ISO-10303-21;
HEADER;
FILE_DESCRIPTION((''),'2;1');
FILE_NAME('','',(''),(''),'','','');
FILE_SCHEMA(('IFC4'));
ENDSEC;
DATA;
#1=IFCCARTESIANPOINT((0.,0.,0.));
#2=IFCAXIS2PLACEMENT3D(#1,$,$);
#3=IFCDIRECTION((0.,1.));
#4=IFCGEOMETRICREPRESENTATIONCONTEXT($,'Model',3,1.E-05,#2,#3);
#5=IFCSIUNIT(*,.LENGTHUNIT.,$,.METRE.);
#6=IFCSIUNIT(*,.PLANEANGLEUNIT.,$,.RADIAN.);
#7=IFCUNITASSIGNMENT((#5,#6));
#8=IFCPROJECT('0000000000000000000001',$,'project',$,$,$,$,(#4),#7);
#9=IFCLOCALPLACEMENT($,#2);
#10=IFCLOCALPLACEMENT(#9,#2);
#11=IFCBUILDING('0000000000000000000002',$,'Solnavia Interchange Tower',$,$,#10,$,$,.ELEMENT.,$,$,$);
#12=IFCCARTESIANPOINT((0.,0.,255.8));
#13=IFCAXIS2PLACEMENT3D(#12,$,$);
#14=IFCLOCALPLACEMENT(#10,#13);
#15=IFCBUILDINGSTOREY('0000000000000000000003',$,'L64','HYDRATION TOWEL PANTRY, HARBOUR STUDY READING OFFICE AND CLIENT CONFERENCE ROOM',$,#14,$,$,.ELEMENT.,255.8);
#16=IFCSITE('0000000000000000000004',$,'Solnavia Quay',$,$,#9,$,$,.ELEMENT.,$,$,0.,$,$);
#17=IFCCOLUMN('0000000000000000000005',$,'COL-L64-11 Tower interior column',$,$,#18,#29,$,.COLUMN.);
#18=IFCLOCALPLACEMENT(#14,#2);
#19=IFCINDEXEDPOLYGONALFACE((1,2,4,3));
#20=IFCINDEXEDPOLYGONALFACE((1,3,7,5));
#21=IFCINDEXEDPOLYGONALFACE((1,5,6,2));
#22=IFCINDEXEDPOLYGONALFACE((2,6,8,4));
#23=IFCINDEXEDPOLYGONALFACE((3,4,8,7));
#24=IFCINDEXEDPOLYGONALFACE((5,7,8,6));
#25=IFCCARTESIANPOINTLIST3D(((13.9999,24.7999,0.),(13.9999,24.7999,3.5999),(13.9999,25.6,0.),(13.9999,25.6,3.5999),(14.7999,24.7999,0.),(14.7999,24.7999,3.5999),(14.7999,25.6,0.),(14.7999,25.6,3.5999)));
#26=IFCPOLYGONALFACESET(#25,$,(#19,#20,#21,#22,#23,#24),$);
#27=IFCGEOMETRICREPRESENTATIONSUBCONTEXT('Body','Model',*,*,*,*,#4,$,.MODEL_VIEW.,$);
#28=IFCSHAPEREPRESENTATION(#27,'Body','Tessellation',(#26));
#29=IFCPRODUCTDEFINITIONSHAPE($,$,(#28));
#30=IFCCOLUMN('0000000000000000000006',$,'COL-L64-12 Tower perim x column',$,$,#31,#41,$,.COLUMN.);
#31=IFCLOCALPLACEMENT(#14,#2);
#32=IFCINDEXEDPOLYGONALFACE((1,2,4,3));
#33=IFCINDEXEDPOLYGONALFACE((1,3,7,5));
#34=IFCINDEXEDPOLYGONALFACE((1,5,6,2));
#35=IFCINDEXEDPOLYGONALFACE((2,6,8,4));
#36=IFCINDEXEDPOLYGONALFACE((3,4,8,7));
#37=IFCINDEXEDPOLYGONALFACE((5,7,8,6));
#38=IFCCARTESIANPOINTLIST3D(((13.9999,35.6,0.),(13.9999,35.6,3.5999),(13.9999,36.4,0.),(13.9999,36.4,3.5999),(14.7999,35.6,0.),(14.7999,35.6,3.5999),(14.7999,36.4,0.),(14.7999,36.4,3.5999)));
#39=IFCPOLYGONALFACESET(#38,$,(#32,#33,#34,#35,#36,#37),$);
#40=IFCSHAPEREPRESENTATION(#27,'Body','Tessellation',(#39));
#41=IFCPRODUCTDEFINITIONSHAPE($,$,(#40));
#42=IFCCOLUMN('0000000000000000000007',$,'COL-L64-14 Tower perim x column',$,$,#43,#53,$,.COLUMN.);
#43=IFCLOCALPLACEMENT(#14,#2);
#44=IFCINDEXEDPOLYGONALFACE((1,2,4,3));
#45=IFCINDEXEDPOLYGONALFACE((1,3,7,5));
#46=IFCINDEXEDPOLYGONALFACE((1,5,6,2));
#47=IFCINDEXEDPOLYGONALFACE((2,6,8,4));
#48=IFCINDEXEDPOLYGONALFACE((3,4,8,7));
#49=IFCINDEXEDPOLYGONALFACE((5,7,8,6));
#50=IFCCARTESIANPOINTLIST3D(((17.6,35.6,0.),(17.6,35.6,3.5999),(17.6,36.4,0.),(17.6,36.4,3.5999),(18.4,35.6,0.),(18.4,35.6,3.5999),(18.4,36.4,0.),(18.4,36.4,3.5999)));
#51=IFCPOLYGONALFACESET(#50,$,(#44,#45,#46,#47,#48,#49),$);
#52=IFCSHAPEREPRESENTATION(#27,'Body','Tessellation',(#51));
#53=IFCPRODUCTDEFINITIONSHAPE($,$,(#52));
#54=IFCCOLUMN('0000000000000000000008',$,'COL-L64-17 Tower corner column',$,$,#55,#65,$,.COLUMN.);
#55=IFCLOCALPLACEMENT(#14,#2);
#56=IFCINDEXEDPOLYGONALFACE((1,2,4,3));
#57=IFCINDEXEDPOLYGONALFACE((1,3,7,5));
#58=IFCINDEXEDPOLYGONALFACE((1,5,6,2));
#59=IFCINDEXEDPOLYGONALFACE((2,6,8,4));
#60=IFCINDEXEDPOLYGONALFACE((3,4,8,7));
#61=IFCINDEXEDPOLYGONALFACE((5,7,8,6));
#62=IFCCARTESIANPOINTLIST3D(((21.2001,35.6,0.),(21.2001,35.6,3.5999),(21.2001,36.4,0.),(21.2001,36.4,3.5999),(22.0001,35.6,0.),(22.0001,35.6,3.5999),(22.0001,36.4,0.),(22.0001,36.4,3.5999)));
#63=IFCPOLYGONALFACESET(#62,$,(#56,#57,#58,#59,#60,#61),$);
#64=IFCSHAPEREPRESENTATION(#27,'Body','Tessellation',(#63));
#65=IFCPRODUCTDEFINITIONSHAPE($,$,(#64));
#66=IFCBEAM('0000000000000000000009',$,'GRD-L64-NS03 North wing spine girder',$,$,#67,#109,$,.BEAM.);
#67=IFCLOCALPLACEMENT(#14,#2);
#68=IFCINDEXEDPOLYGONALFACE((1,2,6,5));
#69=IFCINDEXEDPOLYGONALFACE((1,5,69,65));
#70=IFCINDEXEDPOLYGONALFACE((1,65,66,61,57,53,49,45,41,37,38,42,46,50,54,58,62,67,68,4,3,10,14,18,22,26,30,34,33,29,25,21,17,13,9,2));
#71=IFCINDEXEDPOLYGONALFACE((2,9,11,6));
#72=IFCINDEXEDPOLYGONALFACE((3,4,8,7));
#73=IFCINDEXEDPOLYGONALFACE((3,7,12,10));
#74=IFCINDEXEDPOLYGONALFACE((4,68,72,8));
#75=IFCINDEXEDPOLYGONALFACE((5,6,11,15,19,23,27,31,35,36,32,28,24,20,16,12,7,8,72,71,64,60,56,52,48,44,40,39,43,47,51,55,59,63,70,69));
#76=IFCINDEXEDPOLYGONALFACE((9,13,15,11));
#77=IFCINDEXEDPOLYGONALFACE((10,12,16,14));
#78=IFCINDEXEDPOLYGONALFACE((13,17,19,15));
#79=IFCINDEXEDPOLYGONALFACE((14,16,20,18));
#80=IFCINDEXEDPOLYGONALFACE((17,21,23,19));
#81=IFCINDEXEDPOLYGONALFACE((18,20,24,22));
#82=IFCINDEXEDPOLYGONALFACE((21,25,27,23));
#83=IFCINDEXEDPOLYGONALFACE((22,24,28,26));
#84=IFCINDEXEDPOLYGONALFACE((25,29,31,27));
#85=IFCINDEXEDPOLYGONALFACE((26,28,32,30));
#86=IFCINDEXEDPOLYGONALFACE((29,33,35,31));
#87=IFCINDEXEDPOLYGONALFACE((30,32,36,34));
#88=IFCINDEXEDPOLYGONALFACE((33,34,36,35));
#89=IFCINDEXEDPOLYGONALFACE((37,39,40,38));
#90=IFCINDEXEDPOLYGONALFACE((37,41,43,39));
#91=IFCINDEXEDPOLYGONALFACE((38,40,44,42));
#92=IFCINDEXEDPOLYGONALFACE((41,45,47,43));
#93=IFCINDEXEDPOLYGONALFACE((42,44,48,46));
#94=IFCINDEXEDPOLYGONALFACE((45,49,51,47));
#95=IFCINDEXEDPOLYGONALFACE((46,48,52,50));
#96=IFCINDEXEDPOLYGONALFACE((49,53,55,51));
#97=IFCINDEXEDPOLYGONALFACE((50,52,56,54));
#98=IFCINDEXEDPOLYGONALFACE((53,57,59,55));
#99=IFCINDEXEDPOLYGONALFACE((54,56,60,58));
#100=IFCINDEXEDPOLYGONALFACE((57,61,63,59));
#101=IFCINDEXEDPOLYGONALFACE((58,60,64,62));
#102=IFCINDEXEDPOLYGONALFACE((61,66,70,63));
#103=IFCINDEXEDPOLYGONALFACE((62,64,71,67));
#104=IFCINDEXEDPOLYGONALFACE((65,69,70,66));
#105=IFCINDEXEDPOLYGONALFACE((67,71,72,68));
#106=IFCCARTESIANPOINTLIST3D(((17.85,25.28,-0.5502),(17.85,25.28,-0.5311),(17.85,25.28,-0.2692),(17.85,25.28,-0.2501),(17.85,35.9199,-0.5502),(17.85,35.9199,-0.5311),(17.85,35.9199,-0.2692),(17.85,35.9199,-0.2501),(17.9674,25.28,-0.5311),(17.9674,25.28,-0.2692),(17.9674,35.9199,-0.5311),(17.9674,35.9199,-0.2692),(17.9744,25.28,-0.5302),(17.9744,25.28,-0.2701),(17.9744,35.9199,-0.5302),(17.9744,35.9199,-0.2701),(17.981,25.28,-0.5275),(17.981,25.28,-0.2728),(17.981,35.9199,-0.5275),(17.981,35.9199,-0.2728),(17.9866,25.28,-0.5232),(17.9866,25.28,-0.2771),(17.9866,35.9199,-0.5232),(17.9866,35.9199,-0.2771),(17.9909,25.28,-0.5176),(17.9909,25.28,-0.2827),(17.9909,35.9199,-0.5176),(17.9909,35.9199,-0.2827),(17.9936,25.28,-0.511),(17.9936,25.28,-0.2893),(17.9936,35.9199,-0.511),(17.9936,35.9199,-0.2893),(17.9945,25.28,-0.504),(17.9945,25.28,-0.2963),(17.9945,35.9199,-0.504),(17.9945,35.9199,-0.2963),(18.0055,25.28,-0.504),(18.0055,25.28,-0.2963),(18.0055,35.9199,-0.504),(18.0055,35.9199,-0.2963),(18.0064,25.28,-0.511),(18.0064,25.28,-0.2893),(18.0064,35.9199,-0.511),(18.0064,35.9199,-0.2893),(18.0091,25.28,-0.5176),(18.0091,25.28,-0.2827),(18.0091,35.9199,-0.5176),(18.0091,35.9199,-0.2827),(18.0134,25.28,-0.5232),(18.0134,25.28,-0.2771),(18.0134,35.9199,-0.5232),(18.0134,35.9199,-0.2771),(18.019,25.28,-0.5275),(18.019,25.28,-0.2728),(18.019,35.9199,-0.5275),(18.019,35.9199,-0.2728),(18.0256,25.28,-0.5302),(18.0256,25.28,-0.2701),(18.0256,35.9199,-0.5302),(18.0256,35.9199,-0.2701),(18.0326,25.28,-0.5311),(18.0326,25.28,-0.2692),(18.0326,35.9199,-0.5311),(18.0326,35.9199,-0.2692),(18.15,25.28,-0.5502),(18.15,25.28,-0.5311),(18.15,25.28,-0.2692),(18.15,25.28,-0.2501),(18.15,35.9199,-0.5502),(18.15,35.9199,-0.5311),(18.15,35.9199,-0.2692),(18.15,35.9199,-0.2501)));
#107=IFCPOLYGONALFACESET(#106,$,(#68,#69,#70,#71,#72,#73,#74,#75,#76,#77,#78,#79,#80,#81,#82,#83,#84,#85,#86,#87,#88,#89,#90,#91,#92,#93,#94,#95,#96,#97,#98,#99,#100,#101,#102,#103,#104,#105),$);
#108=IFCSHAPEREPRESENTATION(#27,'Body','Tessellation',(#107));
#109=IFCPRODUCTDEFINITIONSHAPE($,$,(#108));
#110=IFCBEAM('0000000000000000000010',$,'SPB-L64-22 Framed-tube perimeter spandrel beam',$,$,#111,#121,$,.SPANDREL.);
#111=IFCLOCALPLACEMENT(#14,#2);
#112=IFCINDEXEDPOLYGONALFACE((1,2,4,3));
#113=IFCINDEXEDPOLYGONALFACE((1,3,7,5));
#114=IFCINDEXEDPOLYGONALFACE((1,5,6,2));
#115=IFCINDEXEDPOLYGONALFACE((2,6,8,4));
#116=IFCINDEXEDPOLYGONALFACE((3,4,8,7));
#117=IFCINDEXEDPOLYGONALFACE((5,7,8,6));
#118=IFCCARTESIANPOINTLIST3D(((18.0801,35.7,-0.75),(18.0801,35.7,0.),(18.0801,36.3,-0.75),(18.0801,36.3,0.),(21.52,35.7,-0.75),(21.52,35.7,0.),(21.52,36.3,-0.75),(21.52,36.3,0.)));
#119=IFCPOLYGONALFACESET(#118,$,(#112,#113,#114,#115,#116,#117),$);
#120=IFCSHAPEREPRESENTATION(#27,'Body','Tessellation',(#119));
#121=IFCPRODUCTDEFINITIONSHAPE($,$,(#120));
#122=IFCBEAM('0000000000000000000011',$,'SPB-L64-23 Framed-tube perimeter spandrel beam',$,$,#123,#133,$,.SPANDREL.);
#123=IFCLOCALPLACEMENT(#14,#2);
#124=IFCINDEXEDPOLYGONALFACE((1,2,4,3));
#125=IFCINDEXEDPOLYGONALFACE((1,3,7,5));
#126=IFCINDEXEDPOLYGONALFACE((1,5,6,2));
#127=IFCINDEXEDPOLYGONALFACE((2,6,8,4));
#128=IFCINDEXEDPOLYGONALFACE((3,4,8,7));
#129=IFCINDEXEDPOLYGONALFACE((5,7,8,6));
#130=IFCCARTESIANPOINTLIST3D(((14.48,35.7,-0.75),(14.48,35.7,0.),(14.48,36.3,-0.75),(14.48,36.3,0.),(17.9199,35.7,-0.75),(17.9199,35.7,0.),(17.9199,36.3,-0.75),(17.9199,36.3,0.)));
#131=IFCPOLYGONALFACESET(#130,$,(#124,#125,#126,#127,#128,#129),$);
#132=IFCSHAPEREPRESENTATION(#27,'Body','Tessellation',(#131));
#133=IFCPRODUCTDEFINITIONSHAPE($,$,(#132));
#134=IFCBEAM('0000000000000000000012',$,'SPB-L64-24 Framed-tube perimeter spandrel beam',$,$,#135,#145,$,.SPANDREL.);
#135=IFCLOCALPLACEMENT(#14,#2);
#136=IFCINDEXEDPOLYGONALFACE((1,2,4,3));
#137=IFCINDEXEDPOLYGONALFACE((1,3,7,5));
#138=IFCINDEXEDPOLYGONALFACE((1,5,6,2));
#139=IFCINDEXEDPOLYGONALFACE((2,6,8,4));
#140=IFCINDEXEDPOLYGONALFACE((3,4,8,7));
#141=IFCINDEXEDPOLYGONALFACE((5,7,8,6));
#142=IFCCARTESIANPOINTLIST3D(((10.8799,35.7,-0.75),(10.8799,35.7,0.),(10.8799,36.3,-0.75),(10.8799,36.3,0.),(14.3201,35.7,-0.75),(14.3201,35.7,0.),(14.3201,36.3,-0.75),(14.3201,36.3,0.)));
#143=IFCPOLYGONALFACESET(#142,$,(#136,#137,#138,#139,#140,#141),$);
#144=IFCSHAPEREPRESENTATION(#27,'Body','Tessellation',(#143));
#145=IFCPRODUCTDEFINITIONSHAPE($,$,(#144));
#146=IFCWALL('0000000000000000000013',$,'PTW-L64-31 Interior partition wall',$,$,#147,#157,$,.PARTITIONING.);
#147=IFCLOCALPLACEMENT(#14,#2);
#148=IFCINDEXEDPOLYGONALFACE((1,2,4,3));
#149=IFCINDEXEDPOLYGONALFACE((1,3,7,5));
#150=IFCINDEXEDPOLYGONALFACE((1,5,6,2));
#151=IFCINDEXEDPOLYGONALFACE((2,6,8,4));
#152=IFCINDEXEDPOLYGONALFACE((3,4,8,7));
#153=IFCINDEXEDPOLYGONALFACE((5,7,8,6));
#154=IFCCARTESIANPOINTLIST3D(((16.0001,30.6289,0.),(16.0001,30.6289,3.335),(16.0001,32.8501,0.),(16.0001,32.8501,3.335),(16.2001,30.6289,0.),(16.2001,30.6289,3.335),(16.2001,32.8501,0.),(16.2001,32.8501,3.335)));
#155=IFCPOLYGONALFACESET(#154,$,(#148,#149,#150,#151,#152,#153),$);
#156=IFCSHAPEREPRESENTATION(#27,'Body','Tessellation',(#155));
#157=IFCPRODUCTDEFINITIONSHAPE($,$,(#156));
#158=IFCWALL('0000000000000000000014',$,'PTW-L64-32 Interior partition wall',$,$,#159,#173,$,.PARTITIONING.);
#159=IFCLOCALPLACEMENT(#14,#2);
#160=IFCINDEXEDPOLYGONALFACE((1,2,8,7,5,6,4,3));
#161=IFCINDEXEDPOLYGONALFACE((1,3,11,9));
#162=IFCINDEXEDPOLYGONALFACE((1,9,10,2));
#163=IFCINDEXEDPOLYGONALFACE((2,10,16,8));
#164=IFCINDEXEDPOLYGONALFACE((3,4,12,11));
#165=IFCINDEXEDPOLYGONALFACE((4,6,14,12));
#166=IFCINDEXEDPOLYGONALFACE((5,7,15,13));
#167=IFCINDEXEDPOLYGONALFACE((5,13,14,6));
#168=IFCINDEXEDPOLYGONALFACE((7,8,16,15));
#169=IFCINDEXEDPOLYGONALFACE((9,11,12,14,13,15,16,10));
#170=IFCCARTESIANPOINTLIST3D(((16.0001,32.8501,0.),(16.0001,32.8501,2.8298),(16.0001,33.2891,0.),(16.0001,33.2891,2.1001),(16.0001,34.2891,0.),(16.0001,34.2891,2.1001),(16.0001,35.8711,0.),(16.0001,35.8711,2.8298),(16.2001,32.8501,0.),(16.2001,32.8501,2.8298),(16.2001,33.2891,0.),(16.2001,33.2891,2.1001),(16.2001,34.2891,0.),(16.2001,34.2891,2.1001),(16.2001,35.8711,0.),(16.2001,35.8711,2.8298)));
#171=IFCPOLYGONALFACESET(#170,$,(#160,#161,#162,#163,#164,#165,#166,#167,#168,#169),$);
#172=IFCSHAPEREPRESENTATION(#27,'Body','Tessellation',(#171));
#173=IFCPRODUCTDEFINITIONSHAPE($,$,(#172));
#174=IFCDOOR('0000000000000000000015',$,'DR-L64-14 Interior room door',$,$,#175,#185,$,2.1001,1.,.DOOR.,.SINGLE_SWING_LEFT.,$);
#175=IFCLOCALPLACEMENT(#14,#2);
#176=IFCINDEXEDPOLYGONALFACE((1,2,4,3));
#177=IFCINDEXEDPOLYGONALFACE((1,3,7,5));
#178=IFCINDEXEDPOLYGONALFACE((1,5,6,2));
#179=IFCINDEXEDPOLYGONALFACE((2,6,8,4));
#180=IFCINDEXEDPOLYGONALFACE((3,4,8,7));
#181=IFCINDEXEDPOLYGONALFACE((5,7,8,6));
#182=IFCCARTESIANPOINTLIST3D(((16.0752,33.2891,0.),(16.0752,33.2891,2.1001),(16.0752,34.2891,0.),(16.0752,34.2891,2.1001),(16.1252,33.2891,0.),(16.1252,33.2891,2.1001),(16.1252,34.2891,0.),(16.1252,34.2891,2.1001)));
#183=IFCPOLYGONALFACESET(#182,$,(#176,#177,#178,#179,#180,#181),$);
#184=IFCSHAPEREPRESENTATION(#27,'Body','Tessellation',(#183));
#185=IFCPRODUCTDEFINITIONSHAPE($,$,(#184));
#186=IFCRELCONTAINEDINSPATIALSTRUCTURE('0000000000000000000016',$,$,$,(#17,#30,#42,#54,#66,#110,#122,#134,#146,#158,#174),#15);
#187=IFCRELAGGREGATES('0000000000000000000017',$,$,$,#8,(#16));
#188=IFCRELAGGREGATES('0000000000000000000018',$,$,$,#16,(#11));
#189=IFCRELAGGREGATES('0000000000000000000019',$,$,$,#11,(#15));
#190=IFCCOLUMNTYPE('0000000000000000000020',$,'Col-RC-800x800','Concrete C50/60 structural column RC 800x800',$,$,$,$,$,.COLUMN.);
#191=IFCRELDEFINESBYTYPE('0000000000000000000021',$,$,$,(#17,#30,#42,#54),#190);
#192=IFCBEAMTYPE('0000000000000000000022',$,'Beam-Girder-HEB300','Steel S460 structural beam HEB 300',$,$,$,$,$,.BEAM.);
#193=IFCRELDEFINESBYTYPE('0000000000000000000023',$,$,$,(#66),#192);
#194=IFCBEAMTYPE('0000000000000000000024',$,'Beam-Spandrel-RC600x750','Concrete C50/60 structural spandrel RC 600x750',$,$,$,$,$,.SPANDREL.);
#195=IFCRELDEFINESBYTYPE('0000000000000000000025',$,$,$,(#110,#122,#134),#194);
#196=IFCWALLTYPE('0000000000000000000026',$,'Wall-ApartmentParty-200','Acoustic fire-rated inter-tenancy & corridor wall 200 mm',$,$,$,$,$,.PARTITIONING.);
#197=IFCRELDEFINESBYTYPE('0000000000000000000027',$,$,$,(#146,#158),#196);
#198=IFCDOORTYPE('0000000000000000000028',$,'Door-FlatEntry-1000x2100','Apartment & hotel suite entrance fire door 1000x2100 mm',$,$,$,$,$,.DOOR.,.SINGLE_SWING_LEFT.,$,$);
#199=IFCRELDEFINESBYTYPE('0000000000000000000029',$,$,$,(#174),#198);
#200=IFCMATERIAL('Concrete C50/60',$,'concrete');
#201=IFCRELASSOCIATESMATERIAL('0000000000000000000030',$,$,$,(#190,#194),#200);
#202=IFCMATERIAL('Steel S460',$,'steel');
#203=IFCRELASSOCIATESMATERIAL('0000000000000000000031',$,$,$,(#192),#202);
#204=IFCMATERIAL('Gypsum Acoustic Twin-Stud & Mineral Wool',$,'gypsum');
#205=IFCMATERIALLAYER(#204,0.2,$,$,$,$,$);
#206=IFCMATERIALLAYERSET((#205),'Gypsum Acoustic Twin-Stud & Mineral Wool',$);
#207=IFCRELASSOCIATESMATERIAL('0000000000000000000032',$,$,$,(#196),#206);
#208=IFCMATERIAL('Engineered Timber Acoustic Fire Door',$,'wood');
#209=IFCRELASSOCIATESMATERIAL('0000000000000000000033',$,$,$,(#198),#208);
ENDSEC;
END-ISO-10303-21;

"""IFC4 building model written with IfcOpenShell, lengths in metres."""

from ifc_helpers import new_model, si_unit, direction, frame, frame_2d, origin, origin_2d, place, context, subcontext, project, spatial, rectangle, i_section, extrude, material, layer, layer_set, material_profile, profile_set, type_object, element, fill, save


model = new_model("IFC4")

# Units and contexts
model_context = context("Model", 3, precision=1e-05, world=origin(), true_north=direction((0.0, 1.0)))
body_context = subcontext(model_context, "Body", "Model", "MODEL_VIEW")
ifc_project = project(units=[si_unit("LENGTHUNIT", "METRE"), si_unit("PLANEANGLEUNIT", "RADIAN")], contexts=[model_context])

# Site, building, storey
site_placement = place(None, origin())
site = spatial("IfcSite", under=ifc_project, at=site_placement, Name="Solnavia Quay", CompositionType="ELEMENT", RefElevation=0.0)
building_placement = place(site_placement, origin())
building = spatial("IfcBuilding", under=site, at=building_placement, Name="Solnavia Interchange Tower", CompositionType="ELEMENT")
storey_placement = place(building_placement, frame((0.0, 0.0, 255.8)))
storey = spatial("IfcBuildingStorey", under=building, at=storey_placement, Name="L64", Description="HYDRATION TOWEL PANTRY, HARBOUR STUDY READING OFFICE AND CLIENT CONFERENCE ROOM", CompositionType="ELEMENT", Elevation=255.8)

# Columns
ifc_material_1 = material(Name="Concrete C50/60", Category="concrete")
ifc_material_profile_1 = material_profile(ifc_material_1, rectangle(XDim=0.8, YDim=0.8, at=origin_2d()), Name="RC 800x800")
ifc_profile_set_1 = profile_set([ifc_material_profile_1], Name="Concrete C50/60")
column_type = type_object("IfcColumnType", Name="Col-RC-800x800", Description="Concrete C50/60 structural column RC 800x800", PredefinedType="COLUMN", material=ifc_profile_set_1)
for number, where, z_axis, x_axis, name in (
    (1, (14.3999, 25.2, 0.0), (0.0, 0.0, 1.0), (1.0, 0.0, 0.0), "COL-L64-11 Tower interior column"),
    (2, (14.3999, 36.0, 0.0), (0.0, 0.0, 1.0), (1.0, 0.0, 0.0), "COL-L64-12 Tower perim x column"),
    (3, (18.0, 36.0, 0.0), (0.0, 0.0, 1.0), (1.0, 0.0, 0.0), "COL-L64-14 Tower perim x column"),
    (4, (21.6001, 36.0, 0.0), (0.0, 0.0, 1.0), (1.0, 0.0, 0.0), "COL-L64-17 Tower corner column"),
):
    element("IfcColumn", number, at=place(storey_placement, frame(where, z_axis=z_axis, x_axis=x_axis)), inside=storey, type_object=column_type, Name=name, PredefinedType="COLUMN", context=body_context, shape_type="SweptSolid", body=[
        extrude(rectangle(XDim=0.8, YDim=0.8, at=origin_2d()), origin(), (0.0, 0.0, 1.0), 3.5999),
    ])

# Beams
ifc_material_2 = material(Name="Steel S460", Category="steel")
ifc_material_profile_2 = material_profile(ifc_material_2, i_section(OverallWidth=0.3, OverallDepth=0.3, WebThickness=0.011, FlangeThickness=0.019, FilletRadius=0.0271, at=origin_2d()), Name="HEB 300")
ifc_profile_set_2 = profile_set([ifc_material_profile_2], Name="Steel S460")
beam_type_1 = type_object("IfcBeamType", Name="Beam-Girder-HEB300", Description="Steel S460 structural beam HEB 300", PredefinedType="BEAM", material=ifc_profile_set_2)
beam_1_placement = place(storey_placement, frame((18.0, 25.28, -0.4001), z_axis=(0.0, 1.0, 0.0), x_axis=(-1.0, 0.0, 0.0)))
element("IfcBeam", 5, at=beam_1_placement, inside=storey, type_object=beam_type_1, Name="GRD-L64-NS03 North wing spine girder", PredefinedType="BEAM", context=body_context, shape_type="SweptSolid", body=[
    extrude(i_section(OverallWidth=0.3, OverallDepth=0.3, WebThickness=0.011, FlangeThickness=0.019, FilletRadius=0.0271, at=origin_2d()), origin(), (0.0, 0.0, 1.0), 10.6399),
])
ifc_material_profile_3 = material_profile(ifc_material_1, rectangle(XDim=0.6001, YDim=0.75, at=origin_2d()), Name="RC 600x750")
ifc_profile_set_3 = profile_set([ifc_material_profile_3], Name="Concrete C50/60")
beam_type_2 = type_object("IfcBeamType", Name="Beam-Spandrel-RC600x750", Description="Concrete C50/60 structural spandrel RC 600x750", PredefinedType="SPANDREL", material=ifc_profile_set_3)
for number, where, z_axis, x_axis, name in (
    (6, (21.52, 36.0, -0.375), (-1.0, 0.0, 0.0), (0.0, -1.0, 0.0), "SPB-L64-22 Framed-tube perimeter spandrel beam"),
    (7, (17.9199, 36.0, -0.375), (-1.0, 0.0, 0.0), (0.0, -1.0, 0.0), "SPB-L64-23 Framed-tube perimeter spandrel beam"),
):
    element("IfcBeam", number, at=place(storey_placement, frame(where, z_axis=z_axis, x_axis=x_axis)), inside=storey, type_object=beam_type_2, Name=name, PredefinedType="SPANDREL", context=body_context, shape_type="SweptSolid", body=[
        extrude(rectangle(XDim=0.6001, YDim=0.75, at=origin_2d()), origin(), (0.0, 0.0, 1.0), 3.4399),
    ])
beam_2_placement = place(storey_placement, frame((14.3201, 36.0, -0.375), z_axis=(-1.0, 0.0, 0.0), x_axis=(0.0, -1.0, 0.0)))
element("IfcBeam", 8, at=beam_2_placement, inside=storey, type_object=beam_type_2, Name="SPB-L64-24 Framed-tube perimeter spandrel beam", PredefinedType="SPANDREL", context=body_context, shape_type="SweptSolid", body=[
    extrude(rectangle(XDim=0.6001, YDim=0.75, at=origin_2d()), origin(), (0.0, 0.0, 1.0), 3.4402),
])

# Wall
ifc_material_3 = material(Name="Gypsum Acoustic Twin-Stud & Mineral Wool", Category="gypsum")
ifc_layer_1 = layer(ifc_material_3, 0.2)
ifc_layer_set_1 = layer_set([ifc_layer_1], Name="Gypsum Acoustic Twin-Stud & Mineral Wool")
wall_type_1 = type_object("IfcWallType", Name="Wall-ApartmentParty-200", Description="Acoustic fire-rated inter-tenancy & corridor wall 200 mm", PredefinedType="PARTITIONING", material=ifc_layer_set_1)
wall_1_placement = place(storey_placement, frame((16.1001, 30.6289, 0.0), z_axis=(0.0, 0.0, 1.0), x_axis=(0.0, 1.0, 0.0)))
element("IfcWall", 9, at=wall_1_placement, inside=storey, type_object=wall_type_1, Name="PTW-L64-31 Interior partition wall", PredefinedType="PARTITIONING", context=body_context, shape_type="SweptSolid", body=[
    extrude(rectangle(XDim=2.2212, YDim=0.2, at=frame_2d((1.1106, 0.0))), origin(), (0.0, 0.0, 1.0), 3.335),
])

# Wall, opening, door
wall_2_placement = place(storey_placement, frame((16.1001, 32.8501, 0.0), z_axis=(0.0, 0.0, 1.0), x_axis=(0.0, 1.0, 0.0)))
wall_2 = element("IfcWall", 10, at=wall_2_placement, inside=storey, type_object=wall_type_1, Name="PTW-L64-32 Interior partition wall", PredefinedType="PARTITIONING", context=body_context, shape_type="SweptSolid", body=[
    extrude(rectangle(XDim=3.021, YDim=0.2, at=frame_2d((1.5105, 0.0))), origin(), (0.0, 0.0, 1.0), 2.8298),
])
opening_1_placement = place(wall_2_placement, frame((0.439, 0.0, 0.0)))
opening_1 = element("IfcOpeningElement", 11, at=opening_1_placement, cuts=wall_2, PredefinedType="OPENING", context=body_context, shape_type="SweptSolid", body=[
    extrude(rectangle(XDim=1.0, YDim=2.1001, at=frame_2d((0.5, 1.05))), frame((0.0, 0.1099, 0.0), z_axis=(0.0, -1.0, 0.0), x_axis=(1.0, 0.0, 0.0)), (0.0, 0.0, 1.0), 0.22),
])
ifc_material_4 = material(Name="Engineered Timber Acoustic Fire Door", Category="wood")
door_type_1 = type_object("IfcDoorType", Name="Door-FlatEntry-1000x2100", Description="Apartment & hotel suite entrance fire door 1000x2100 mm", OperationType="SINGLE_SWING_LEFT", PredefinedType="DOOR", material=ifc_material_4)
door_1_placement = place(opening_1_placement, origin())
door_1 = element("IfcDoor", 12, at=door_1_placement, inside=storey, type_object=door_type_1, Name="DR-L64-14 Interior room door", OperationType="SINGLE_SWING_LEFT", OverallHeight=2.1001, OverallWidth=1.0, PredefinedType="DOOR", context=body_context, shape_type="SweptSolid", body=[
    extrude(rectangle(XDim=1.0, YDim=2.1001, at=frame_2d((0.5, 1.05))), frame((0.0, 0.0249, 0.0), z_axis=(0.0, -1.0, 0.0), x_axis=(1.0, 0.0, 0.0)), (0.0, 0.0, 1.0), 0.05),
])
fill(opening_1, door_1)

save(model, "model.ifc")
